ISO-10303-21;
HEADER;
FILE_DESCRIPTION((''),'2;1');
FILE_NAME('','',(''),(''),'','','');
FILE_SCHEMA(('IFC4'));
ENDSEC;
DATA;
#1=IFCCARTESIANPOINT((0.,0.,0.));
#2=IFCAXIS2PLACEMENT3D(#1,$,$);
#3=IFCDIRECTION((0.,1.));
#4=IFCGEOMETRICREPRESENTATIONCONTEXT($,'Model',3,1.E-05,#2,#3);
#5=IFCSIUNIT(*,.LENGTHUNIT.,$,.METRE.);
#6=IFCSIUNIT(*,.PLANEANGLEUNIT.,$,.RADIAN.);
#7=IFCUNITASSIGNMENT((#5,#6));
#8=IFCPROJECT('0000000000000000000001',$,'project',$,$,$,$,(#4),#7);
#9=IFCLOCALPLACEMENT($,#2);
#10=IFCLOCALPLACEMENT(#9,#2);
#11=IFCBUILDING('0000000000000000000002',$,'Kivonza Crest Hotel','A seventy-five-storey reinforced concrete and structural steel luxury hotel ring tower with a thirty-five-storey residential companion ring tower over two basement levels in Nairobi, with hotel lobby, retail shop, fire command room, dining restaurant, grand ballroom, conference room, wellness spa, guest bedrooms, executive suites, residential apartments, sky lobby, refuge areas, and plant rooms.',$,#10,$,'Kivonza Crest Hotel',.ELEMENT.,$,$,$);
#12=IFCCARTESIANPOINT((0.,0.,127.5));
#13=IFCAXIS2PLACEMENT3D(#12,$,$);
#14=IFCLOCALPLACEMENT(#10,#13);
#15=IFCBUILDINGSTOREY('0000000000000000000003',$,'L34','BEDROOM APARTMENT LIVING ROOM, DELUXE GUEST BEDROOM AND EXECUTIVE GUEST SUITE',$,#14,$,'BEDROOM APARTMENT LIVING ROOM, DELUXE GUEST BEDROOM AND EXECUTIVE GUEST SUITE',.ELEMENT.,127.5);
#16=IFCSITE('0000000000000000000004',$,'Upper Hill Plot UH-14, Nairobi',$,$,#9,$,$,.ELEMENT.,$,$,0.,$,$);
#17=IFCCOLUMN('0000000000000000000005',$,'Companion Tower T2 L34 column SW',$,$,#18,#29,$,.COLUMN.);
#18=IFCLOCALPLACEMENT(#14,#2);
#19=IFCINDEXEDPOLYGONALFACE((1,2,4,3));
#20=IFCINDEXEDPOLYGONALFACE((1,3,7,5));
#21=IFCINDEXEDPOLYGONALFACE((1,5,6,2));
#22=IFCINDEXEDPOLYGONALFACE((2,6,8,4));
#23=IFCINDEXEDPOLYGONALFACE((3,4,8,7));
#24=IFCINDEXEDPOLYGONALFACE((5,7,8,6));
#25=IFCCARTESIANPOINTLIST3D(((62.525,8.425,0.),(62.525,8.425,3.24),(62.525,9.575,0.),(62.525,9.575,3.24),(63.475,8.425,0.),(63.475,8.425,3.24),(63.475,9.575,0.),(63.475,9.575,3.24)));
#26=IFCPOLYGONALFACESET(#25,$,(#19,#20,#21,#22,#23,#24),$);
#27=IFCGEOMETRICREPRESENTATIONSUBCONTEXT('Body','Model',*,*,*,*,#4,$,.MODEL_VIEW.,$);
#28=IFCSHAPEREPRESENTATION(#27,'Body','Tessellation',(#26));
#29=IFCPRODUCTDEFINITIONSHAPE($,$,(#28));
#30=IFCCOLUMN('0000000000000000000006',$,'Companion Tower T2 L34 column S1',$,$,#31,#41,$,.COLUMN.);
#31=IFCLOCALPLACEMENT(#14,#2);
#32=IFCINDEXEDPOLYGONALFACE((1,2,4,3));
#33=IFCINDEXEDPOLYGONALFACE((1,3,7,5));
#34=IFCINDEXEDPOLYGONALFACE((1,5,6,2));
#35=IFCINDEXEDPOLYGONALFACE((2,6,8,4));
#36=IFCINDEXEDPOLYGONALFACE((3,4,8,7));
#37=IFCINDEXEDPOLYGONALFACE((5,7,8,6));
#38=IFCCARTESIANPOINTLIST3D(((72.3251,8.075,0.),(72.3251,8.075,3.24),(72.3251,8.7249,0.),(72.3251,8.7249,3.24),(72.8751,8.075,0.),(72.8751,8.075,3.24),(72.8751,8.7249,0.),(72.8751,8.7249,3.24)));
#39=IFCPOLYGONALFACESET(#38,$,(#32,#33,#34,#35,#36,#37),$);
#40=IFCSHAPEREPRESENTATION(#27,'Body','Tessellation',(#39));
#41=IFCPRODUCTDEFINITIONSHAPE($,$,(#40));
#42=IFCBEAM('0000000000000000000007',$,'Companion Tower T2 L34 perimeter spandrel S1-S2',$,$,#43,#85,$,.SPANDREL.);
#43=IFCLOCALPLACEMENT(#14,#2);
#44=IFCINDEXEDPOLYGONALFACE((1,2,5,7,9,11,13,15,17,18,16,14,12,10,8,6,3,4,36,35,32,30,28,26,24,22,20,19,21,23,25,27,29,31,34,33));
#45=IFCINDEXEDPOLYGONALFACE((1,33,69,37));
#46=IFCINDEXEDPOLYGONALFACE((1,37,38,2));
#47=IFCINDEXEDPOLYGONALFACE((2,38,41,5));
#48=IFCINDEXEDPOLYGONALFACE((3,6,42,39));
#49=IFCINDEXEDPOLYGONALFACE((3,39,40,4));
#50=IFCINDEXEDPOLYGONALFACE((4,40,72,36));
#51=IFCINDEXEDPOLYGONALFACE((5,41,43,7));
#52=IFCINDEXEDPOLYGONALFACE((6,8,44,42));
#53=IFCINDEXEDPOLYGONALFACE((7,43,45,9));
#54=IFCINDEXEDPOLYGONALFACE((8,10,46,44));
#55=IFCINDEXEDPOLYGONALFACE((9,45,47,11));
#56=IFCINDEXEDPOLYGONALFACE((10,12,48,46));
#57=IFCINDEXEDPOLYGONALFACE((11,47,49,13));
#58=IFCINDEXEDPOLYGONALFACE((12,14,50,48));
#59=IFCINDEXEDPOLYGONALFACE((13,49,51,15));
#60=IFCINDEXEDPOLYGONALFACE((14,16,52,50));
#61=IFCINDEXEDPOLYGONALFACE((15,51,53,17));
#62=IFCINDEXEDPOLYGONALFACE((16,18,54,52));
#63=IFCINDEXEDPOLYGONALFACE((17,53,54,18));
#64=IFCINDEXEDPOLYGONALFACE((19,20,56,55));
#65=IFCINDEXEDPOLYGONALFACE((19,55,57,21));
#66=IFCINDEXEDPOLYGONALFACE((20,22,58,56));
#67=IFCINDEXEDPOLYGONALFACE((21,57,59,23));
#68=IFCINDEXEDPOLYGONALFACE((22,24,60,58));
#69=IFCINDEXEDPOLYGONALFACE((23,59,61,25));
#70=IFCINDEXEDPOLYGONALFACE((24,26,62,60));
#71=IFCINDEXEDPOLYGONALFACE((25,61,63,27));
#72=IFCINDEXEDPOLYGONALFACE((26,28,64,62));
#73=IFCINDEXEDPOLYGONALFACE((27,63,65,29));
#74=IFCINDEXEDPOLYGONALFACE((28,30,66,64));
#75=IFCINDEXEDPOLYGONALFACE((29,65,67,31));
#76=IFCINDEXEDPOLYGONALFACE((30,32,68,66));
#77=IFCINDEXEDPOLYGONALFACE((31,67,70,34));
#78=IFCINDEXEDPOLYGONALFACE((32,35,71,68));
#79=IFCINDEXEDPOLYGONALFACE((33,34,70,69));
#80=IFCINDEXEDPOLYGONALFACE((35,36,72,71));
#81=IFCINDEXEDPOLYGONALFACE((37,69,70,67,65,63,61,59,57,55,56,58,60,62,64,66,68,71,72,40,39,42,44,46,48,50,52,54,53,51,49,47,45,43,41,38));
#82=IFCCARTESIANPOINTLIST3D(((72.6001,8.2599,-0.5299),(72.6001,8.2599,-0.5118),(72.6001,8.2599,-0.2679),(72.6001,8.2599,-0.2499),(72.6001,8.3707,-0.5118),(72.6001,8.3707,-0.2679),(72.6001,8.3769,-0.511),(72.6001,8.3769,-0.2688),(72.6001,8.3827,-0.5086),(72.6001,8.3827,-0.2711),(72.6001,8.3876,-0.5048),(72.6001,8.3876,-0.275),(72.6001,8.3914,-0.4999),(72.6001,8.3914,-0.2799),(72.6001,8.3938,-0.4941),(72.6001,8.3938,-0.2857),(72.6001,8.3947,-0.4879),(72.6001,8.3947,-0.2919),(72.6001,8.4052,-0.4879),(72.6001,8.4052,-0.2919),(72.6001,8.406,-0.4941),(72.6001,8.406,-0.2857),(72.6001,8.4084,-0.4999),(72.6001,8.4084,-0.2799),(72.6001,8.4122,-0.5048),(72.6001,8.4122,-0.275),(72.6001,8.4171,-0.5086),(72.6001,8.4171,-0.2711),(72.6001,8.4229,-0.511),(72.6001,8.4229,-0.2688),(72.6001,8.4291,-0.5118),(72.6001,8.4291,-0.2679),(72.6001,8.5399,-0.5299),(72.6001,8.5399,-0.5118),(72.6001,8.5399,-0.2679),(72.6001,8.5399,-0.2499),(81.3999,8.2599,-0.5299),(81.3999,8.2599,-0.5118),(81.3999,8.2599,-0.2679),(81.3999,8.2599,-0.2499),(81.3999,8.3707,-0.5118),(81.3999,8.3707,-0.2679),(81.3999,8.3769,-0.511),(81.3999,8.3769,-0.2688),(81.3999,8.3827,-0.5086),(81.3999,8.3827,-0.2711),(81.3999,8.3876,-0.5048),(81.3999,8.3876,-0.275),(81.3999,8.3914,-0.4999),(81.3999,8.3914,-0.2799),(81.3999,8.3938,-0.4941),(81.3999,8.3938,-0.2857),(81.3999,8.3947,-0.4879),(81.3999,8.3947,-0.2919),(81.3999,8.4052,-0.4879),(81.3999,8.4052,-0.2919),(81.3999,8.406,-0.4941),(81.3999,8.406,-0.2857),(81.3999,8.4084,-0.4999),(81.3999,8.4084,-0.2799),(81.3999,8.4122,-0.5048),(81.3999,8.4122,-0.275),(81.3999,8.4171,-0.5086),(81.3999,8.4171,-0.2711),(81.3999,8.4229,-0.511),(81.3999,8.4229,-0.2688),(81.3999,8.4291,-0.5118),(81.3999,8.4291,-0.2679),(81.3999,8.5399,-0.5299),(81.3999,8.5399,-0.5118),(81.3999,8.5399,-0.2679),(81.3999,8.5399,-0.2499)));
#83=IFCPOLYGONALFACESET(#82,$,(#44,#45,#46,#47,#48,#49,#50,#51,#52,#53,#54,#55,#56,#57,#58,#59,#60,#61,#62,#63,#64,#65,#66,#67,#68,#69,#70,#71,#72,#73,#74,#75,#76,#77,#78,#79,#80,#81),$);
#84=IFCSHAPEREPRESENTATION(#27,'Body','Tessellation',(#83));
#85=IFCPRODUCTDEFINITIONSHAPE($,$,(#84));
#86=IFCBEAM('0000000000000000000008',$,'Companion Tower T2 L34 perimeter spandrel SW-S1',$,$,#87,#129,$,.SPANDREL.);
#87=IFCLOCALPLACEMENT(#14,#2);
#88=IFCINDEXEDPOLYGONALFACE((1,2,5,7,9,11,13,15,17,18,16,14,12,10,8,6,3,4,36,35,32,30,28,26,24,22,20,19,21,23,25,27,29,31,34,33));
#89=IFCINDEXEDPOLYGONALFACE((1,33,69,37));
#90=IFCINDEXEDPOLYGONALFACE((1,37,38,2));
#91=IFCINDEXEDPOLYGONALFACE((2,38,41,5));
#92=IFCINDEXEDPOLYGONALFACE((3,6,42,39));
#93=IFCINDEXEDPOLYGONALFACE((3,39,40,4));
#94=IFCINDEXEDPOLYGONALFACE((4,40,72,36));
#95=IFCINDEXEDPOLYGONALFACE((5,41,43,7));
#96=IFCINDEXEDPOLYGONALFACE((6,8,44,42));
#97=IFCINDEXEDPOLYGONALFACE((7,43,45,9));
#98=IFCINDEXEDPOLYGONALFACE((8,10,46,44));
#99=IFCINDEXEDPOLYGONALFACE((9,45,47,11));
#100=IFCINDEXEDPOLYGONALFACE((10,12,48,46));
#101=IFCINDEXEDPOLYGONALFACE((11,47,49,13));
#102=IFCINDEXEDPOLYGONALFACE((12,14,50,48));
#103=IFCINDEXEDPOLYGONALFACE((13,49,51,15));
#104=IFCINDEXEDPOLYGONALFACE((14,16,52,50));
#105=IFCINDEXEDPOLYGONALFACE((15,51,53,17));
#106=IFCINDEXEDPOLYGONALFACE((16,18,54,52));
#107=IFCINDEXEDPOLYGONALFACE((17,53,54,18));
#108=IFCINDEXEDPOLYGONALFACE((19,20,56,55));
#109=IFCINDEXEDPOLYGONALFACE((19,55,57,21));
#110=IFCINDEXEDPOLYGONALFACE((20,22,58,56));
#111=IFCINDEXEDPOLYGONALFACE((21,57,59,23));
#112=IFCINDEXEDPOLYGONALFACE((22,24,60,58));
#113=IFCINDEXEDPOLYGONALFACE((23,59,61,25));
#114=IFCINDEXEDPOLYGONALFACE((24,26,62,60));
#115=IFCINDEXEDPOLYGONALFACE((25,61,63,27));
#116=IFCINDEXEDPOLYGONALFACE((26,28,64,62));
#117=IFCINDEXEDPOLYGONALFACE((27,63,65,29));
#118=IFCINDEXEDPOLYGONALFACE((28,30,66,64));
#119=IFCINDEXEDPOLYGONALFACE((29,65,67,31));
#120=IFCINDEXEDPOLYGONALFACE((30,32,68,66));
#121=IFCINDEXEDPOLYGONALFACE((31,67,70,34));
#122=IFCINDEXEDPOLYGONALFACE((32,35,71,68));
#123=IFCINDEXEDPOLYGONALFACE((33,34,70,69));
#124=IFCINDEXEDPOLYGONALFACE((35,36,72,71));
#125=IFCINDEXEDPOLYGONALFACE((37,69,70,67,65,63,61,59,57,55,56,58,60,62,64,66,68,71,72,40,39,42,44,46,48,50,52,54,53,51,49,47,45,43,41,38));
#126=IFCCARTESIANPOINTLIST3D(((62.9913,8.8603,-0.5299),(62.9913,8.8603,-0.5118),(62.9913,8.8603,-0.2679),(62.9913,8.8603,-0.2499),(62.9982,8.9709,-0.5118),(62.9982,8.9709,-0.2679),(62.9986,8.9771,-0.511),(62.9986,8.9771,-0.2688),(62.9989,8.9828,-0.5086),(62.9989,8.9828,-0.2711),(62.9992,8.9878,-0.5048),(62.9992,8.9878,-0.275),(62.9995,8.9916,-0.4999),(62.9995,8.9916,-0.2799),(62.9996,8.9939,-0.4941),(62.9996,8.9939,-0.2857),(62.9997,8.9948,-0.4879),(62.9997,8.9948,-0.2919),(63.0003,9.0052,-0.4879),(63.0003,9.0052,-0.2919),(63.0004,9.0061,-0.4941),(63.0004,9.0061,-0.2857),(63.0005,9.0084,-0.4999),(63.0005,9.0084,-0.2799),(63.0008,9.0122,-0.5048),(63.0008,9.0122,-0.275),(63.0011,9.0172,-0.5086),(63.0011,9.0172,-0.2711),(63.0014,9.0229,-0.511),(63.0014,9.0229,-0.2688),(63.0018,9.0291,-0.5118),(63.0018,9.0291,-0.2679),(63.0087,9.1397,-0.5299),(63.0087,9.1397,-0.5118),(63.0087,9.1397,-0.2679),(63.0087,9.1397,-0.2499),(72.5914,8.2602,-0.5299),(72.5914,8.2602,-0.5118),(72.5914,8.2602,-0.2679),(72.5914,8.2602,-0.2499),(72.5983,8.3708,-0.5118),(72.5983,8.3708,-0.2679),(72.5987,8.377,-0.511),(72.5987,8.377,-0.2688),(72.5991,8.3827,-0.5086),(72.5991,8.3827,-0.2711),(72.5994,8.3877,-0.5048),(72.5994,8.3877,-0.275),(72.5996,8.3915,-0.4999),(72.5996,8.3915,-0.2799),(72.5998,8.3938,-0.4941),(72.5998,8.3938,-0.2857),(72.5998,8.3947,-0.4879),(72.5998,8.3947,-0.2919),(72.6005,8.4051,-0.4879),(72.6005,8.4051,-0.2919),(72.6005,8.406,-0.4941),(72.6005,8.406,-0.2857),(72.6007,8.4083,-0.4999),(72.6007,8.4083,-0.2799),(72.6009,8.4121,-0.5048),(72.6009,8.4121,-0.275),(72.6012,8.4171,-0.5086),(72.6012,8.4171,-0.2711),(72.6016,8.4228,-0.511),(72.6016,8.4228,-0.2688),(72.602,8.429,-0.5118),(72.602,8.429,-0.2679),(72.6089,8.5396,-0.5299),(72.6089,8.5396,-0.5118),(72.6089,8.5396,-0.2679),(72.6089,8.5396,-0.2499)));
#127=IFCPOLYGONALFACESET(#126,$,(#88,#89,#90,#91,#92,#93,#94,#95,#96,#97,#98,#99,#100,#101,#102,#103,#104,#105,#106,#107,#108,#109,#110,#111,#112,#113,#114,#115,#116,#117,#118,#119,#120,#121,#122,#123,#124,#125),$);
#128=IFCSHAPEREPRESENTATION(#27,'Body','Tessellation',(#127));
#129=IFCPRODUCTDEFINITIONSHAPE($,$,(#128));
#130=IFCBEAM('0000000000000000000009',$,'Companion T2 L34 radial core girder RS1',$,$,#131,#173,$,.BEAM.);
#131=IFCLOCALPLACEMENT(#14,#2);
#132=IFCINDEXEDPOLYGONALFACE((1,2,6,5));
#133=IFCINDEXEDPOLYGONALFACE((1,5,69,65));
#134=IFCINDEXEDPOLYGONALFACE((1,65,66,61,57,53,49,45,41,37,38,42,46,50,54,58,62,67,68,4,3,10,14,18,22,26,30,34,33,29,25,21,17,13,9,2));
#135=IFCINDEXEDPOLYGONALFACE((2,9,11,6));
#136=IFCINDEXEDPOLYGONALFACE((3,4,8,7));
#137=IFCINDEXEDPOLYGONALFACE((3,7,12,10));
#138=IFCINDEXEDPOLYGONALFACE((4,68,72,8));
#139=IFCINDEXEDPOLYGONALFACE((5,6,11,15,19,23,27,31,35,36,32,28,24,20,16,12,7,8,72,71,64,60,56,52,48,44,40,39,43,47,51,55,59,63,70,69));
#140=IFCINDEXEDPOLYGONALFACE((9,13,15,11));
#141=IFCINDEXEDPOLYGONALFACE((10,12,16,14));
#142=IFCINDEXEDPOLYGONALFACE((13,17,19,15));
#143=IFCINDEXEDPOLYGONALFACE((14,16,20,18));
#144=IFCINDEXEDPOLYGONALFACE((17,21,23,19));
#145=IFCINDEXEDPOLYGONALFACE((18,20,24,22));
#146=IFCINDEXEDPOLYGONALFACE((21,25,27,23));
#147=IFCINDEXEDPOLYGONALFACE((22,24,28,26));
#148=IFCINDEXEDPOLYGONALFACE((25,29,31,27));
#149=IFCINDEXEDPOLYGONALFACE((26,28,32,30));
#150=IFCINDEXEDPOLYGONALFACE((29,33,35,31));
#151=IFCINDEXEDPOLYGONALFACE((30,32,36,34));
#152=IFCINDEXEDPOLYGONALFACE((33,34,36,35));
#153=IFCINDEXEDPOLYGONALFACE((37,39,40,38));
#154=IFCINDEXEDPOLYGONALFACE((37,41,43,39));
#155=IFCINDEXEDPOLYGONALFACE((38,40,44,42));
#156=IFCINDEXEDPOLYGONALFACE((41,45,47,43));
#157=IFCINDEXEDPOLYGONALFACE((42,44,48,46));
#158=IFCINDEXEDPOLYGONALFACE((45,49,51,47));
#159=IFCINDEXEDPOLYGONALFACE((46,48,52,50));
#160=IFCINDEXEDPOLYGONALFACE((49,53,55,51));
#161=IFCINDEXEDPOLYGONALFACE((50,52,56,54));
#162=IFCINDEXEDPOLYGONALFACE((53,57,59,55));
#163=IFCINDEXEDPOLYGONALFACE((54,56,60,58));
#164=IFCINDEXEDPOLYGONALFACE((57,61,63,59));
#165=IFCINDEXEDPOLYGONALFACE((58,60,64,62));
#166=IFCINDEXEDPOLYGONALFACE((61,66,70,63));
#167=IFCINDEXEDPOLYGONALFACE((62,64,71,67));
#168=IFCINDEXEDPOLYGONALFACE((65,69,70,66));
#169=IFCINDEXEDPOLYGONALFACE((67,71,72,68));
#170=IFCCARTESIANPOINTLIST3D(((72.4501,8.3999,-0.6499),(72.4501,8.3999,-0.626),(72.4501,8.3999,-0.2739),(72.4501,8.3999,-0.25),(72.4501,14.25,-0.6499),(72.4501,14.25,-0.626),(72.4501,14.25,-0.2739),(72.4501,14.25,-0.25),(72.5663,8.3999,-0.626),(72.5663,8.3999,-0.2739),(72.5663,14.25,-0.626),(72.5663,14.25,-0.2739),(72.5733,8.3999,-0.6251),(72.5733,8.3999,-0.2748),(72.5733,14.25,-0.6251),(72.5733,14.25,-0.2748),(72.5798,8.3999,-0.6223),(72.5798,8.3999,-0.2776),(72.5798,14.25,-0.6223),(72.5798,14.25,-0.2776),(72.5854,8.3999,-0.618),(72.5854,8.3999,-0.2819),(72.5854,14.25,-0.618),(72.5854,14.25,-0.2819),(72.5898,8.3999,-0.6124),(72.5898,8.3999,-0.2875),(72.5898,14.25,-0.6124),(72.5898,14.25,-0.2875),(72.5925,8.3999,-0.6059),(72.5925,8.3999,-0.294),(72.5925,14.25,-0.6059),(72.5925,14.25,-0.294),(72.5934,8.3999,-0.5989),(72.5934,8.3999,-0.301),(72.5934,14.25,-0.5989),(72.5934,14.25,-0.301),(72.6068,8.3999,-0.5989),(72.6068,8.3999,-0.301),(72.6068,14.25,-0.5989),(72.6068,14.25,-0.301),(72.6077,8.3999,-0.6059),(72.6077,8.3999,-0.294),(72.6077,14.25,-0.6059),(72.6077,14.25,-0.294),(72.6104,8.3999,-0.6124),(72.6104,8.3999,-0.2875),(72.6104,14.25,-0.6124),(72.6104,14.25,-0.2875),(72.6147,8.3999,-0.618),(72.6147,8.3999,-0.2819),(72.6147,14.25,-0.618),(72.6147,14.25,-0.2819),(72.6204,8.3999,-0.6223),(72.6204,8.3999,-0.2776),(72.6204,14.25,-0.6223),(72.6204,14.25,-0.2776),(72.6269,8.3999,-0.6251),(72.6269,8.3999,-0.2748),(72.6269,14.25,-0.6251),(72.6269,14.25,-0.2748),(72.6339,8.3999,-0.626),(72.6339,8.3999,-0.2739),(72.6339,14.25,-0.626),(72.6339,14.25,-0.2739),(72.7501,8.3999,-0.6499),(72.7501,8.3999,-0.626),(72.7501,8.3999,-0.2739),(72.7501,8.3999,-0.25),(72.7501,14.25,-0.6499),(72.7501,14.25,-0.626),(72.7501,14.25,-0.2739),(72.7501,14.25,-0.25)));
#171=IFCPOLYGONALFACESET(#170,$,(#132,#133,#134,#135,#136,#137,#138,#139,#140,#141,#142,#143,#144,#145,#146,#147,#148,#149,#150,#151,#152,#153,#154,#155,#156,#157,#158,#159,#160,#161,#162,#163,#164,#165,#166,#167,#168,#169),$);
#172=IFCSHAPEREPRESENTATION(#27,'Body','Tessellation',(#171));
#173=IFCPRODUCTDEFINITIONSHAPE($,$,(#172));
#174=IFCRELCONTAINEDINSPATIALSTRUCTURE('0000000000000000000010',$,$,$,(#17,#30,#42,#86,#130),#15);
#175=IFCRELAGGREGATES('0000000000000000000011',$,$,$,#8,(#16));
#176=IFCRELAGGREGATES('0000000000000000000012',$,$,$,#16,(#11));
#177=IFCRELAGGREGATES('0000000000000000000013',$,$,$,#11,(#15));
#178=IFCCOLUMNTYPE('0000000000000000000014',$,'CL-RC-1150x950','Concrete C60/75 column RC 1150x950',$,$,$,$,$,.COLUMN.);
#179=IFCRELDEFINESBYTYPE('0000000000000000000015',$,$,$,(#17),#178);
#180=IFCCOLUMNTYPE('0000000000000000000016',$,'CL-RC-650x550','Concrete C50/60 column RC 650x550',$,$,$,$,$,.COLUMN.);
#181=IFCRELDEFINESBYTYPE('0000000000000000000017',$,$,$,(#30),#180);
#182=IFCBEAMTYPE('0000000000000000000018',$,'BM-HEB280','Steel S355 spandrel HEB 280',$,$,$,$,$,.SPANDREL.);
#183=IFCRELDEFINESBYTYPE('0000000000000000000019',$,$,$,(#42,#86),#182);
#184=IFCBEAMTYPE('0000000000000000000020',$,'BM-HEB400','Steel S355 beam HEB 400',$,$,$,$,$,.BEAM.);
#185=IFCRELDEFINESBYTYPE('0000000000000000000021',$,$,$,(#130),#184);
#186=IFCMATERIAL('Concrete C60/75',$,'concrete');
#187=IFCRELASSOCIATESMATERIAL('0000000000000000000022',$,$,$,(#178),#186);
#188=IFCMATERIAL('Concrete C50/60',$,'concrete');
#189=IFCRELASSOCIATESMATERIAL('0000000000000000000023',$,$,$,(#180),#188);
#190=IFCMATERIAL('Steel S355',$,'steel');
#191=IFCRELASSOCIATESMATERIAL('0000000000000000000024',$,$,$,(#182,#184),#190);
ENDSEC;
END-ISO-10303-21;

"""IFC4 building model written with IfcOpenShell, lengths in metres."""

from ifc_helpers import new_model, si_unit, direction, frame, origin, origin_2d, place, context, subcontext, project, spatial, rectangle, i_section, extrude, material, material_profile, profile_set, type_object, element, save


model = new_model("IFC4")

# Units and contexts
model_context = context("Model", 3, precision=1e-05, world=origin(), true_north=direction((0.0, 1.0)))
body_context = subcontext(model_context, "Body", "Model", "MODEL_VIEW")
ifc_project = project(units=[si_unit("LENGTHUNIT", "METRE"), si_unit("PLANEANGLEUNIT", "RADIAN")], contexts=[model_context])

# Site, building, storey
site_placement = place(None, origin())
site = spatial("IfcSite", under=ifc_project, at=site_placement, Name="Upper Hill Plot UH-14, Nairobi", CompositionType="ELEMENT", RefElevation=0.0)
building_placement = place(site_placement, origin())
building = spatial("IfcBuilding", under=site, at=building_placement, Name="Kivonza Crest Hotel", Description="A seventy-five-storey reinforced concrete and structural steel luxury hotel ring tower with a thirty-five-storey residential companion ring tower over two basement levels in Nairobi, with hotel lobby, retail shop, fire command room, dining restaurant, grand ballroom, conference room, wellness spa, guest bedrooms, executive suites, residential apartments, sky lobby, refuge areas, and plant rooms.", LongName="Kivonza Crest Hotel", CompositionType="ELEMENT")
storey_placement = place(building_placement, frame((0.0, 0.0, 127.5)))
storey = spatial("IfcBuildingStorey", under=building, at=storey_placement, Name="L34", Description="BEDROOM APARTMENT LIVING ROOM, DELUXE GUEST BEDROOM AND EXECUTIVE GUEST SUITE", LongName="BEDROOM APARTMENT LIVING ROOM, DELUXE GUEST BEDROOM AND EXECUTIVE GUEST SUITE", CompositionType="ELEMENT", Elevation=127.5)

# Columns
ifc_material_1 = material(Name="Concrete C60/75", Category="concrete")
ifc_material_profile_1 = material_profile(ifc_material_1, rectangle(XDim=0.95, YDim=1.1499, at=origin_2d()), Name="RC 1150x950")
ifc_profile_set_1 = profile_set([ifc_material_profile_1], Name="Concrete C60/75")
column_type_1 = type_object("IfcColumnType", Name="CL-RC-1150x950", Description="Concrete C60/75 column RC 1150x950", PredefinedType="COLUMN", material=ifc_profile_set_1)
column_1_placement = place(storey_placement, frame((63.0, 9.0, 0.0), z_axis=(0.0, 0.0, 1.0), x_axis=(1.0, 0.0, 0.0)))
element("IfcColumn", 1, at=column_1_placement, inside=storey, type_object=column_type_1, Name="Companion Tower T2 L34 column SW", PredefinedType="COLUMN", context=body_context, shape_type="SweptSolid", body=[
    extrude(rectangle(XDim=0.95, YDim=1.1499, at=origin_2d()), origin(), (0.0, 0.0, 1.0), 3.24),
])
ifc_material_2 = material(Name="Concrete C50/60", Category="concrete")
ifc_material_profile_2 = material_profile(ifc_material_2, rectangle(XDim=0.55, YDim=0.6499, at=origin_2d()), Name="RC 650x550")
ifc_profile_set_2 = profile_set([ifc_material_profile_2], Name="Concrete C50/60")
column_type_2 = type_object("IfcColumnType", Name="CL-RC-650x550", Description="Concrete C50/60 column RC 650x550", PredefinedType="COLUMN", material=ifc_profile_set_2)
column_2_placement = place(storey_placement, frame((72.6001, 8.3999, 0.0), z_axis=(0.0, 0.0, 1.0), x_axis=(1.0, 0.0, 0.0)))
element("IfcColumn", 2, at=column_2_placement, inside=storey, type_object=column_type_2, Name="Companion Tower T2 L34 column S1", PredefinedType="COLUMN", context=body_context, shape_type="SweptSolid", body=[
    extrude(rectangle(XDim=0.55, YDim=0.6499, at=origin_2d()), origin(), (0.0, 0.0, 1.0), 3.24),
])

# Beams
ifc_material_3 = material(Name="Steel S355", Category="steel")
ifc_material_profile_3 = material_profile(ifc_material_3, i_section(OverallWidth=0.28, OverallDepth=0.28, WebThickness=0.0105, FlangeThickness=0.0181, FilletRadius=0.0239, at=origin_2d()), Name="HEB 280")
ifc_profile_set_3 = profile_set([ifc_material_profile_3], Name="Steel S355")
beam_type_1 = type_object("IfcBeamType", Name="BM-HEB280", Description="Steel S355 spandrel HEB 280", PredefinedType="SPANDREL", material=ifc_profile_set_3)
beam_1_placement = place(storey_placement, frame((72.6001, 8.3999, -0.3899), z_axis=(1.0, 0.0, 0.0), x_axis=(0.0, 1.0, 0.0)))
element("IfcBeam", 3, at=beam_1_placement, inside=storey, type_object=beam_type_1, Name="Companion Tower T2 L34 perimeter spandrel S1-S2", PredefinedType="SPANDREL", context=body_context, shape_type="SweptSolid", body=[
    extrude(i_section(OverallWidth=0.28, OverallDepth=0.28, WebThickness=0.0105, FlangeThickness=0.0181, FilletRadius=0.0239, at=origin_2d()), origin(), (0.0, 0.0, 1.0), 8.7998),
])
beam_2_placement = place(storey_placement, frame((63.0, 9.0, -0.3899), z_axis=(0.998052, -0.062388, 0.0), x_axis=(0.062388, 0.998052, 0.0)))
element("IfcBeam", 4, at=beam_2_placement, inside=storey, type_object=beam_type_1, Name="Companion Tower T2 L34 perimeter spandrel SW-S1", PredefinedType="SPANDREL", context=body_context, shape_type="SweptSolid", body=[
    extrude(i_section(OverallWidth=0.28, OverallDepth=0.28, WebThickness=0.0105, FlangeThickness=0.0181, FilletRadius=0.0239, at=origin_2d()), origin(), (0.0, 0.0, 1.0), 9.6189),
])
ifc_material_profile_4 = material_profile(ifc_material_3, i_section(OverallWidth=0.3, OverallDepth=0.3999, WebThickness=0.0134, FlangeThickness=0.0239, FilletRadius=0.0271, at=origin_2d()), Name="HEB 400")
ifc_profile_set_4 = profile_set([ifc_material_profile_4], Name="Steel S355")
beam_type_2 = type_object("IfcBeamType", Name="BM-HEB400", Description="Steel S355 beam HEB 400", PredefinedType="BEAM", material=ifc_profile_set_4)
beam_3_placement = place(storey_placement, frame((72.6001, 8.3999, -0.45), z_axis=(0.0, 1.0, 0.0), x_axis=(-1.0, 0.0, 0.0)))
element("IfcBeam", 5, at=beam_3_placement, inside=storey, type_object=beam_type_2, Name="Companion T2 L34 radial core girder RS1", PredefinedType="BEAM", context=body_context, shape_type="SweptSolid", body=[
    extrude(i_section(OverallWidth=0.3, OverallDepth=0.3999, WebThickness=0.0134, FlangeThickness=0.0239, FilletRadius=0.0271, at=origin_2d()), origin(), (0.0, 0.0, 1.0), 5.8501),
])

save(model, "model.ifc")
